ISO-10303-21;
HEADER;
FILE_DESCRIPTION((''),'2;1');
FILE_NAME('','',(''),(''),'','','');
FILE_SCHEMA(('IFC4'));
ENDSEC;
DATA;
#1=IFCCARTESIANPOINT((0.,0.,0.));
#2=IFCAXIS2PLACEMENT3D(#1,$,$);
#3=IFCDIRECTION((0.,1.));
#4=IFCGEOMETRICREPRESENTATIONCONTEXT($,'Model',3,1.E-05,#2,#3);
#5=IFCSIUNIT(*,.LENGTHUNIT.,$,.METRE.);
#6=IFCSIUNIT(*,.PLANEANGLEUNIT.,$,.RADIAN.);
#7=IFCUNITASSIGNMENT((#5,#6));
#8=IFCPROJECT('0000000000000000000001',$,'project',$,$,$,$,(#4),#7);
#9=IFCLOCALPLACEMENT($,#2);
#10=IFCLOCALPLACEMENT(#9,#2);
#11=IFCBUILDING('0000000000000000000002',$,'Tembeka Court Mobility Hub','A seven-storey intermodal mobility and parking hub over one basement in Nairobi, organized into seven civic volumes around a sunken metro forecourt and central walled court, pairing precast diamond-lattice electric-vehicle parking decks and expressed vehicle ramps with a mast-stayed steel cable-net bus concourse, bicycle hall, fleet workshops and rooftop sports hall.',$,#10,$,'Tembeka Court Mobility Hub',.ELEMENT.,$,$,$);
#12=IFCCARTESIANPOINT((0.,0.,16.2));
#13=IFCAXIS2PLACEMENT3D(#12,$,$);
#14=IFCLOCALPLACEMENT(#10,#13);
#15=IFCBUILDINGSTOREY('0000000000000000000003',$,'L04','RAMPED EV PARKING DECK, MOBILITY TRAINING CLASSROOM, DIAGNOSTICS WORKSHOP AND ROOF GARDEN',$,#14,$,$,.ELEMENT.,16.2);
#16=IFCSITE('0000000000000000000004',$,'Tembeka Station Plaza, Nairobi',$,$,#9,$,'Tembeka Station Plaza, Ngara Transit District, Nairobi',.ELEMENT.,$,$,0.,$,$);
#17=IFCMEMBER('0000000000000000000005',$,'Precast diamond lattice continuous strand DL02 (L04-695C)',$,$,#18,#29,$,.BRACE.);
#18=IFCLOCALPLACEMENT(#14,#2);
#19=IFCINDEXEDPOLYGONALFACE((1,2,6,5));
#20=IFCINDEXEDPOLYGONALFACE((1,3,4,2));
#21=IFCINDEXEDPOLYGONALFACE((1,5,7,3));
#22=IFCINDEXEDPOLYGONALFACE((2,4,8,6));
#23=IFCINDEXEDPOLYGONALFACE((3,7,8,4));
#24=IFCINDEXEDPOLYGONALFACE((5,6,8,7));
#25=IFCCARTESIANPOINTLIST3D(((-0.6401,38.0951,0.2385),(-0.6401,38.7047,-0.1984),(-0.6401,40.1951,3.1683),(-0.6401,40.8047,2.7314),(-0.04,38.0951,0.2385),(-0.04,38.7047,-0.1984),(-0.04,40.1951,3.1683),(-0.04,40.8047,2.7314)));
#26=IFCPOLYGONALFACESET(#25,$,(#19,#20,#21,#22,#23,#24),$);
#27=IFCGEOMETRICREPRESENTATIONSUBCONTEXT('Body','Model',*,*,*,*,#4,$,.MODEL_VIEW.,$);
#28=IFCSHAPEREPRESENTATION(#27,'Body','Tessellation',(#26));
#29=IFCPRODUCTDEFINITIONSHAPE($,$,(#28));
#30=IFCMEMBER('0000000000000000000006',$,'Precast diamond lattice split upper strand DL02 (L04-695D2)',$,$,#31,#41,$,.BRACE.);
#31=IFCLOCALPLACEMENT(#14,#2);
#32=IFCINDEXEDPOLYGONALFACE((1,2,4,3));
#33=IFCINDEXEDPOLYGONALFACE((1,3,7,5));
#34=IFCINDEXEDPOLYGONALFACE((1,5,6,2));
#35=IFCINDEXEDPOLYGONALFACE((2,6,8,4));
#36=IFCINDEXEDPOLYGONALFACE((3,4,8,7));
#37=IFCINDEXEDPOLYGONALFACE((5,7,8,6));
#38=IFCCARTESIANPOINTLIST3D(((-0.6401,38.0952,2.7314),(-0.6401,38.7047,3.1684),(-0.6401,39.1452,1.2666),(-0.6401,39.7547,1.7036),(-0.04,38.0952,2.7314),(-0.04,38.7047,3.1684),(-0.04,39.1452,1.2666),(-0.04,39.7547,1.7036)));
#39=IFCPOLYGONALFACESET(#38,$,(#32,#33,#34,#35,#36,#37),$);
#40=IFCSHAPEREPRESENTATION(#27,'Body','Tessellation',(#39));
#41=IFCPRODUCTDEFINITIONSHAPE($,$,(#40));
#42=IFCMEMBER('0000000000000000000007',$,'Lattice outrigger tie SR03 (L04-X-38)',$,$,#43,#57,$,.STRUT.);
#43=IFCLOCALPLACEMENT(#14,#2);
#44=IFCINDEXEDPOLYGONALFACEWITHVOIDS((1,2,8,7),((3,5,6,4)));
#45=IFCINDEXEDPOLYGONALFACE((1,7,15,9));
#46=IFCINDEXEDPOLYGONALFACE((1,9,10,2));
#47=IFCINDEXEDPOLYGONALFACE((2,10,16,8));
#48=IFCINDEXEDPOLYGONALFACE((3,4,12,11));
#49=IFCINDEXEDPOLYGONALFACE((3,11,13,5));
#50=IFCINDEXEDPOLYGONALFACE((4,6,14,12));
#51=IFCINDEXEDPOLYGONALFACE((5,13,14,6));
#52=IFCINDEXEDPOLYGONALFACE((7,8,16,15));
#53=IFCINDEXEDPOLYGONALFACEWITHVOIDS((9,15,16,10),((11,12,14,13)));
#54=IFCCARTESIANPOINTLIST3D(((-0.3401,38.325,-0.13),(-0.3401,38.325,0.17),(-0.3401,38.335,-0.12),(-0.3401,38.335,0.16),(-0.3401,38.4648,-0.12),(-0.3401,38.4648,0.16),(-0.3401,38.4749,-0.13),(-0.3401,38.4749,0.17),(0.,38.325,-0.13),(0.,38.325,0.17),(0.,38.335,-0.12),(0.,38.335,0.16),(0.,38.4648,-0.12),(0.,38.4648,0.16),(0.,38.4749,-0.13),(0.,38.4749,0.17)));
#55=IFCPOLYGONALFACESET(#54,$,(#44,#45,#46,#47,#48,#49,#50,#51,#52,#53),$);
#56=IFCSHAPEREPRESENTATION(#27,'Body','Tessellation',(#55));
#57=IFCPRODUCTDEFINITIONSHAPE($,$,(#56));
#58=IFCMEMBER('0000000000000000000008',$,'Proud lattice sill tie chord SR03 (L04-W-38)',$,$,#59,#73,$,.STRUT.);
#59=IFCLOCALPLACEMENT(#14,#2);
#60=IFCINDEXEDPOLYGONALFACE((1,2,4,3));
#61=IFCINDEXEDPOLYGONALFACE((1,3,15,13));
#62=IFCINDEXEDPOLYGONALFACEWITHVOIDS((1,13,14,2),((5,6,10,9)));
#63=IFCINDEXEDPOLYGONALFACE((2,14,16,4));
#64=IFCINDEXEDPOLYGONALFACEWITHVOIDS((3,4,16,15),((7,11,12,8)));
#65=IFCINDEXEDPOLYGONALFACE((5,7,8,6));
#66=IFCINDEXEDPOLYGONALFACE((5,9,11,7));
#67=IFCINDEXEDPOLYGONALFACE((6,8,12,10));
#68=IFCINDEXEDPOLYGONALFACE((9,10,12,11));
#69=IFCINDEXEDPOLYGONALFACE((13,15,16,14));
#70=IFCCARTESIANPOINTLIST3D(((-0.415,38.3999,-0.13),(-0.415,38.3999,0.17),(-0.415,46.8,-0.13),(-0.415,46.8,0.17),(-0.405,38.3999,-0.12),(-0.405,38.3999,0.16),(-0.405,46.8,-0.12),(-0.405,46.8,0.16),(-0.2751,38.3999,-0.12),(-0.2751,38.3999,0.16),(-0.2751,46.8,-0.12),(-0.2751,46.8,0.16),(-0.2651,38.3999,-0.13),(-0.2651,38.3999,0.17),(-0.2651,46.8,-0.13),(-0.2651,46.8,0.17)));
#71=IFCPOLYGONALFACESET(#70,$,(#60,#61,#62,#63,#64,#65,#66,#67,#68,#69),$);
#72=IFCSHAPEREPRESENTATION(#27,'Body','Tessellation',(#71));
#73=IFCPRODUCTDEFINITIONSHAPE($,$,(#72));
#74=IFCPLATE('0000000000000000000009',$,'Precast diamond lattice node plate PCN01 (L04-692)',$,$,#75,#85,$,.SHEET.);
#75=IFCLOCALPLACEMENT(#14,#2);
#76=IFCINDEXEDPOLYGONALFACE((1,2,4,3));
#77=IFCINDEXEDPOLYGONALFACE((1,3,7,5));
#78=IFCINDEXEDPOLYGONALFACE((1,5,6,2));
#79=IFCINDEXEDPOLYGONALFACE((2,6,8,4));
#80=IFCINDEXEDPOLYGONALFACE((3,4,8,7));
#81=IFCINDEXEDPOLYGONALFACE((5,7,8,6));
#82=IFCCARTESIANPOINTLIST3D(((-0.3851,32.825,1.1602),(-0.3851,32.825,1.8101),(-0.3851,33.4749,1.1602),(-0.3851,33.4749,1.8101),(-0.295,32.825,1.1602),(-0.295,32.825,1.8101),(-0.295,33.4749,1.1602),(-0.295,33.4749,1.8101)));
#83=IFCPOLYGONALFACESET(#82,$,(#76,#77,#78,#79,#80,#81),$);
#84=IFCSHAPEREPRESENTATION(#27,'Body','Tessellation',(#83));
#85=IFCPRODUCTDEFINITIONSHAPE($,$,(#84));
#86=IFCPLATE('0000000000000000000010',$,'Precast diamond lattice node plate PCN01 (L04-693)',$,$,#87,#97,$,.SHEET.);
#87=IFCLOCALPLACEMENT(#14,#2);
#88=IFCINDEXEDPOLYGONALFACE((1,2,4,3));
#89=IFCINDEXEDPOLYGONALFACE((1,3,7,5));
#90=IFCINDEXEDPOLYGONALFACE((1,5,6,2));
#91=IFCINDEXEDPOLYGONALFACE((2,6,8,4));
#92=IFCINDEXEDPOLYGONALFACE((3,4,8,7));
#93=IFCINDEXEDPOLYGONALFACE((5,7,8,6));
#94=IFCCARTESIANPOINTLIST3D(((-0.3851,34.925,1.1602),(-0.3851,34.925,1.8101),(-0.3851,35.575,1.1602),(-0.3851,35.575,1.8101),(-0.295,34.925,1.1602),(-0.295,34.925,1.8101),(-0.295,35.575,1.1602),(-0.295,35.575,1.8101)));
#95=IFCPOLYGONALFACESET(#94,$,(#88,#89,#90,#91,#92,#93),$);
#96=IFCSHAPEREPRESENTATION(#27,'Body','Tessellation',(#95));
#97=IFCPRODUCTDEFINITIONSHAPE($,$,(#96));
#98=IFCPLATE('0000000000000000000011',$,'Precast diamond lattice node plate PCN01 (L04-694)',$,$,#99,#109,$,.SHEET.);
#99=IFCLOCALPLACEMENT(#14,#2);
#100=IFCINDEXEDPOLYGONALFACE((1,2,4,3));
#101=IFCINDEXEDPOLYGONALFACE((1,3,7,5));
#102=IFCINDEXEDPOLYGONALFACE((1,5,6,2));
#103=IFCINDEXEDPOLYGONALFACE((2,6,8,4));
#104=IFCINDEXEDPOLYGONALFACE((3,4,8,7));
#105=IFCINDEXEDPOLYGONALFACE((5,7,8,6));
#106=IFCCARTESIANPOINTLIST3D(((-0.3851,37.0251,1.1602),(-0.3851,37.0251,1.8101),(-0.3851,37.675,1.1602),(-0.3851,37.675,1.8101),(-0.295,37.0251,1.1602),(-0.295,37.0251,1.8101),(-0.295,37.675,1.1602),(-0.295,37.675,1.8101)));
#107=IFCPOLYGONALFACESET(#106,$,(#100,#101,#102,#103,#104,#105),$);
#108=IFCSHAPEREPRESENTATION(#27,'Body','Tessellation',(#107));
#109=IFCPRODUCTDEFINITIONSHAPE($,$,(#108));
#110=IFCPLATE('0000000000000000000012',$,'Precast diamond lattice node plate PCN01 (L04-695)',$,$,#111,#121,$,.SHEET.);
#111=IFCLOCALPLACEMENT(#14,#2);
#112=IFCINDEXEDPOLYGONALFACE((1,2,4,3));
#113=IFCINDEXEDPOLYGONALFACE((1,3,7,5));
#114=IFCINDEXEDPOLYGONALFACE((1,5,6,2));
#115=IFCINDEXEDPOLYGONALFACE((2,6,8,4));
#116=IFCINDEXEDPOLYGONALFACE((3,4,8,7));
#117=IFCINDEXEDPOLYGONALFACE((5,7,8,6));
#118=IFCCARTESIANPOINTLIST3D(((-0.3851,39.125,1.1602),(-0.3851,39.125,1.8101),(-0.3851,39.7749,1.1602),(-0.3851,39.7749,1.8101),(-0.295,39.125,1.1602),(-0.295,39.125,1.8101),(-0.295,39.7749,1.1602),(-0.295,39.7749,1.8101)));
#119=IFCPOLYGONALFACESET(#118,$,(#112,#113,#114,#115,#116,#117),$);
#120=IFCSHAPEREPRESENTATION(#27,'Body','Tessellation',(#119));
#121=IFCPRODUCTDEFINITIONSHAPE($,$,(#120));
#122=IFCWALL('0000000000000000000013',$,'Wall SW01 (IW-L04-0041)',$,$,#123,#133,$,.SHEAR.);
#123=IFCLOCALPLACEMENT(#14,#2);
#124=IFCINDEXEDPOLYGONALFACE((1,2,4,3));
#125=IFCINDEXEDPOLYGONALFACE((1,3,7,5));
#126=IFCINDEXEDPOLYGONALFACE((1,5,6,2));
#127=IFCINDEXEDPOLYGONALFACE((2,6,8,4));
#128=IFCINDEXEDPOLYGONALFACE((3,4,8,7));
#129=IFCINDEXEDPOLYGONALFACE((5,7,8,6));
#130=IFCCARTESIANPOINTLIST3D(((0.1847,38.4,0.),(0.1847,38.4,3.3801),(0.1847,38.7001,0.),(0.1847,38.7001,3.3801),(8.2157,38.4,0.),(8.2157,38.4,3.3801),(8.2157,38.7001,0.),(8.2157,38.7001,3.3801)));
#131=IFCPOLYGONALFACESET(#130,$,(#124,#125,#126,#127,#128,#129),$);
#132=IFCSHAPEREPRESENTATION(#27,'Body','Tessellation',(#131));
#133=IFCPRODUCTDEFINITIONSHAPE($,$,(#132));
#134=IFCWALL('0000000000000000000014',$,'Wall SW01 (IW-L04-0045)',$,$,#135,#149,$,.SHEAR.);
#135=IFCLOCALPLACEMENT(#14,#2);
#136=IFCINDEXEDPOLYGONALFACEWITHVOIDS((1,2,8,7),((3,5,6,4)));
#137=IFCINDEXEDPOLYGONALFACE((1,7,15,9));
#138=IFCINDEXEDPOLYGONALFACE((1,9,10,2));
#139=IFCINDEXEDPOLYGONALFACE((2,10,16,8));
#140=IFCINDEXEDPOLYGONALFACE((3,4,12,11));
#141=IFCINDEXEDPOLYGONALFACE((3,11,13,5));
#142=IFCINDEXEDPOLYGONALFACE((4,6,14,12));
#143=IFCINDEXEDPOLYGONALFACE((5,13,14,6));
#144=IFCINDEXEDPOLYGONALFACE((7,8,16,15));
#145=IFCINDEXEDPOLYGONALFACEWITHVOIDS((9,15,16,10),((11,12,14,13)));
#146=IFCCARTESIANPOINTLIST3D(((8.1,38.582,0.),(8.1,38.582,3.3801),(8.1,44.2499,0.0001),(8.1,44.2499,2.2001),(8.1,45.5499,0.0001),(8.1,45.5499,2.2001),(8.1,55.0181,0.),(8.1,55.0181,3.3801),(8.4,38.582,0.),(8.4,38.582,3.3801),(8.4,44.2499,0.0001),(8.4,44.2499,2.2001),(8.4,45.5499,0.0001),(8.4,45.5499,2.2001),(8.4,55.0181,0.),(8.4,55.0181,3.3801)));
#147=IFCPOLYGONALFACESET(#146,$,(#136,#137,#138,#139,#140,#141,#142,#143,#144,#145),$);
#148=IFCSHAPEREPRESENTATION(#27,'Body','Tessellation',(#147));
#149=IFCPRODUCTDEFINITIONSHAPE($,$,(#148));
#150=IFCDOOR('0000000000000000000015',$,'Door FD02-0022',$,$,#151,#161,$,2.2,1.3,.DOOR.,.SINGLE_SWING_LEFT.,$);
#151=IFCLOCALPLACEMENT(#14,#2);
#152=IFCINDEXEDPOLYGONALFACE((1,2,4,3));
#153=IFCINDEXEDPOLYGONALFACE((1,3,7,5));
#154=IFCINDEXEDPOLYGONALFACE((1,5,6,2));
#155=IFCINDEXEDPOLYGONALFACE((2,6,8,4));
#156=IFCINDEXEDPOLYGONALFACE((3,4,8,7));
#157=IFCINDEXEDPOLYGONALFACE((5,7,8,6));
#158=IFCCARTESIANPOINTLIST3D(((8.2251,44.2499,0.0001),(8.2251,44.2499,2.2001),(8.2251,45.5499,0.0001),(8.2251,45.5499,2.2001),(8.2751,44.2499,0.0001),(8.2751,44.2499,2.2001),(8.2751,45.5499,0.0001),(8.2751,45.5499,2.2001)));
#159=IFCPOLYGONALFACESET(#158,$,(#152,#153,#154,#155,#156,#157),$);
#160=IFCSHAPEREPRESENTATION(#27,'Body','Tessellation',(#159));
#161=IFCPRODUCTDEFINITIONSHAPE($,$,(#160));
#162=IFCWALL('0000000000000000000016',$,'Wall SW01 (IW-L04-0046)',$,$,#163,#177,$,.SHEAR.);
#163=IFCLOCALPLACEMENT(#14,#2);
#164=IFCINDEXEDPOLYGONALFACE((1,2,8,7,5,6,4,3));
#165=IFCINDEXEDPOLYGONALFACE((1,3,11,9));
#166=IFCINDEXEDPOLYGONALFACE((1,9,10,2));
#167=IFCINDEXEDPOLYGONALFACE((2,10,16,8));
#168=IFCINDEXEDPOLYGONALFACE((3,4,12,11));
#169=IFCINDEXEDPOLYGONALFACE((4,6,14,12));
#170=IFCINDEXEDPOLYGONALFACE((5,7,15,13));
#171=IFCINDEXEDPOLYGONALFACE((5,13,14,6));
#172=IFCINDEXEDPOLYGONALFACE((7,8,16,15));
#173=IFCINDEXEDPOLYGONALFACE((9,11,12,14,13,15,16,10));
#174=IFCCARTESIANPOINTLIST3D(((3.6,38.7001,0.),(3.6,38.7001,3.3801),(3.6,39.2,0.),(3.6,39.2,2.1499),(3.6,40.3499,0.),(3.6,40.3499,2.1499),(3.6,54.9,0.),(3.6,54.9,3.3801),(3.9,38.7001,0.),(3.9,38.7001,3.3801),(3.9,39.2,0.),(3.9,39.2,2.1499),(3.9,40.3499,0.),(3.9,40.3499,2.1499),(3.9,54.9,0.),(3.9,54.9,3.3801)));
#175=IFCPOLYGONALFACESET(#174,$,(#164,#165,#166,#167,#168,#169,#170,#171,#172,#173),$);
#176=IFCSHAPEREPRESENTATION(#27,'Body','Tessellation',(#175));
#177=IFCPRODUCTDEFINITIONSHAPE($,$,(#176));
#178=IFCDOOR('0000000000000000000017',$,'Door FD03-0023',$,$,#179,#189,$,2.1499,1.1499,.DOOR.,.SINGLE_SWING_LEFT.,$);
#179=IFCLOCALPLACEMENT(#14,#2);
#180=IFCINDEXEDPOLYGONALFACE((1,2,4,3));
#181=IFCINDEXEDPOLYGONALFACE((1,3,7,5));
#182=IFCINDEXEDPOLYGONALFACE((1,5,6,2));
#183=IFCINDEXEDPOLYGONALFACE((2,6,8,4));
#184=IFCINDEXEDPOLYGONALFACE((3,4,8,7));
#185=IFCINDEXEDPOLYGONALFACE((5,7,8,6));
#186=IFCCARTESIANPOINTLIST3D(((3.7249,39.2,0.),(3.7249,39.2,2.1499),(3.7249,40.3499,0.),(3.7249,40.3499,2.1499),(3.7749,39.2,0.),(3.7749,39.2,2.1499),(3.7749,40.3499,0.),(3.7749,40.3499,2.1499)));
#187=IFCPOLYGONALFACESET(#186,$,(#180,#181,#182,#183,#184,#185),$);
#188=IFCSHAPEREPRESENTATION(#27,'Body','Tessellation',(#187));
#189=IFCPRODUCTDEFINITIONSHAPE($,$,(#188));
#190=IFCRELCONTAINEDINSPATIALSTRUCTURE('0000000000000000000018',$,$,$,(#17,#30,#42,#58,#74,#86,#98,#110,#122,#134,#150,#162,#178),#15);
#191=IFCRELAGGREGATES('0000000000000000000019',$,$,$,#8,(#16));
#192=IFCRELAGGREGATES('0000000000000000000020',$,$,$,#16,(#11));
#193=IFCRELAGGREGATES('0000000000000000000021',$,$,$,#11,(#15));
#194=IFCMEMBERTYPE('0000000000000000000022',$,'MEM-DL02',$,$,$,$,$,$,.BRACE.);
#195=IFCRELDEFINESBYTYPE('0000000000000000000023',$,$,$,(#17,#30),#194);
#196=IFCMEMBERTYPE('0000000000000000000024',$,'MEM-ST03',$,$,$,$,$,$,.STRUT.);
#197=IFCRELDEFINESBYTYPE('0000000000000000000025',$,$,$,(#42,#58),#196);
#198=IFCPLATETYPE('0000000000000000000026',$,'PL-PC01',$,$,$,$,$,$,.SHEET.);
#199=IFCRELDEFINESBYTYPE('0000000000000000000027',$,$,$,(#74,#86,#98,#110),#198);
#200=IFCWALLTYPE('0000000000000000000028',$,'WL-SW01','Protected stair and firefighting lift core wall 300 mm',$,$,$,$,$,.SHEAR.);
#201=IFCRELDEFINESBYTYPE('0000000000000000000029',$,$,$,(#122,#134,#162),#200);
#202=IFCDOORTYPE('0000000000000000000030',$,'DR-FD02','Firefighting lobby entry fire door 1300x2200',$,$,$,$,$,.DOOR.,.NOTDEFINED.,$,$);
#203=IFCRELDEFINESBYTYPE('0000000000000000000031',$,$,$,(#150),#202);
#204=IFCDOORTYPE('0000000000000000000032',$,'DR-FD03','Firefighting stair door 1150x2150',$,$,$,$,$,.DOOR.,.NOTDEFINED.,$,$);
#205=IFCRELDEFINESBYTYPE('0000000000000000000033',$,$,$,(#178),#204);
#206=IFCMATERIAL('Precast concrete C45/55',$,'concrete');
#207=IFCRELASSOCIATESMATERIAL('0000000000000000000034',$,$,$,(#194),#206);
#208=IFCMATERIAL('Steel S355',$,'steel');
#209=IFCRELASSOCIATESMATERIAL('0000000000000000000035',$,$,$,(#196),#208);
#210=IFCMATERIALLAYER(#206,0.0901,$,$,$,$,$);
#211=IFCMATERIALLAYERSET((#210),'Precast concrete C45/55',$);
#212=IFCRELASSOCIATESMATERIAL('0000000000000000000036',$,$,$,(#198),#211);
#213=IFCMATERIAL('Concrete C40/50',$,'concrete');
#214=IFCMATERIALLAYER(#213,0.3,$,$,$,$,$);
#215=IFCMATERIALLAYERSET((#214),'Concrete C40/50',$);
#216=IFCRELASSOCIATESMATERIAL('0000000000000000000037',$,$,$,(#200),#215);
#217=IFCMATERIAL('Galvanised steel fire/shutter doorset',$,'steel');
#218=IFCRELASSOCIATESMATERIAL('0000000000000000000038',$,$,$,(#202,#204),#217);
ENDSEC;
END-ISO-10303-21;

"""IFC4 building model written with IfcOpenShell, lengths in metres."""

from ifc_helpers import new_model, si_unit, direction, frame, frame_2d, origin, origin_2d, place, context, subcontext, project, spatial, rectangle, hollow_rectangle, extrude, material, layer, layer_set, material_profile, profile_set, type_object, element, fill, save


model = new_model("IFC4")

# Units and contexts
model_context = context("Model", 3, precision=1e-05, world=origin(), true_north=direction((0.0, 1.0)))
body_context = subcontext(model_context, "Body", "Model", "MODEL_VIEW")
ifc_project = project(units=[si_unit("LENGTHUNIT", "METRE"), si_unit("PLANEANGLEUNIT", "RADIAN")], contexts=[model_context])

# Site, building, storey
site_placement = place(None, origin())
site = spatial("IfcSite", under=ifc_project, at=site_placement, Name="Tembeka Station Plaza, Nairobi", LongName="Tembeka Station Plaza, Ngara Transit District, Nairobi", CompositionType="ELEMENT", RefElevation=0.0)
building_placement = place(site_placement, origin())
building = spatial("IfcBuilding", under=site, at=building_placement, Name="Tembeka Court Mobility Hub", Description="A seven-storey intermodal mobility and parking hub over one basement in Nairobi, organized into seven civic volumes around a sunken metro forecourt and central walled court, pairing precast diamond-lattice electric-vehicle parking decks and expressed vehicle ramps with a mast-stayed steel cable-net bus concourse, bicycle hall, fleet workshops and rooftop sports hall.", LongName="Tembeka Court Mobility Hub", CompositionType="ELEMENT")
storey_placement = place(building_placement, frame((0.0, 0.0, 16.2)))
storey = spatial("IfcBuildingStorey", under=building, at=storey_placement, Name="L04", Description="RAMPED EV PARKING DECK, MOBILITY TRAINING CLASSROOM, DIAGNOSTICS WORKSHOP AND ROOF GARDEN", CompositionType="ELEMENT", Elevation=16.2)

# Shared definitions
ifc_material_1 = material(Name="Steel S355", Category="steel")

# Shared definitions
ifc_material_2 = material(Name="Precast concrete C45/55", Category="concrete")

# Members
ifc_material_profile_1 = material_profile(ifc_material_2, rectangle(XDim=0.6001, YDim=0.75, at=origin_2d()), Name="PC-DIAG 600x750")
ifc_profile_set_1 = profile_set([ifc_material_profile_1], Name="Precast concrete C45/55")
member_type_1 = type_object("IfcMemberType", Name="MEM-DL02", PredefinedType="BRACE", material=ifc_profile_set_1)
member_1_placement = place(storey_placement, frame((-0.3401, 38.3999, 0.02), z_axis=(0.0, 0.582576, 0.812776), x_axis=(-1.0, 0.0, 0.0)))
element("IfcMember", 1, at=member_1_placement, inside=storey, type_object=member_type_1, Name="Precast diamond lattice continuous strand DL02 (L04-695C)", PredefinedType="BRACE", context=body_context, shape_type="SweptSolid", body=[
    extrude(rectangle(XDim=0.6001, YDim=0.75, at=origin_2d()), origin(), (0.0, 0.0, 1.0), 3.6047),
])
member_2_placement = place(storey_placement, frame((-0.3401, 39.45, 1.4851), z_axis=(0.0, -0.582608, 0.812753), x_axis=(1.0, 0.0, 0.0)))
element("IfcMember", 2, at=member_2_placement, inside=storey, type_object=member_type_1, Name="Precast diamond lattice split upper strand DL02 (L04-695D2)", PredefinedType="BRACE", context=body_context, shape_type="SweptSolid", body=[
    extrude(rectangle(XDim=0.6001, YDim=0.75, at=origin_2d()), origin(), (0.0, 0.0, 1.0), 1.8022),
])
ifc_material_profile_2 = material_profile(ifc_material_1, hollow_rectangle(XDim=0.1499, YDim=0.3, WallThickness=0.01, at=origin_2d()), Name="RHS 300x150x10")
ifc_profile_set_2 = profile_set([ifc_material_profile_2], Name="Steel S355")
member_type_2 = type_object("IfcMemberType", Name="MEM-ST03", PredefinedType="STRUT", material=ifc_profile_set_2)
member_3_placement = place(storey_placement, frame((0.0, 38.3999, 0.02), z_axis=(-1.0, 0.0, 0.0), x_axis=(0.0, -1.0, 0.0)))
element("IfcMember", 3, at=member_3_placement, inside=storey, type_object=member_type_2, Name="Lattice outrigger tie SR03 (L04-X-38)", PredefinedType="STRUT", context=body_context, shape_type="SweptSolid", body=[
    extrude(hollow_rectangle(XDim=0.1499, YDim=0.3, WallThickness=0.01, at=origin_2d()), origin(), (0.0, 0.0, 1.0), 0.3401),
])
member_4_placement = place(storey_placement, frame((-0.3401, 38.3999, 0.02), z_axis=(0.0, 1.0, 0.0), x_axis=(-1.0, 0.0, 0.0)))
element("IfcMember", 4, at=member_4_placement, inside=storey, type_object=member_type_2, Name="Proud lattice sill tie chord SR03 (L04-W-38)", PredefinedType="STRUT", context=body_context, shape_type="SweptSolid", body=[
    extrude(hollow_rectangle(XDim=0.1499, YDim=0.3, WallThickness=0.01, at=origin_2d()), origin(), (0.0, 0.0, 1.0), 8.4001),
])

# Plates
ifc_layer_1 = layer(ifc_material_2, 0.0901)
ifc_layer_set_1 = layer_set([ifc_layer_1], Name="Precast concrete C45/55")
plate_type = type_object("IfcPlateType", Name="PL-PC01", PredefinedType="SHEET", material=ifc_layer_set_1)
for number, where, z_axis, x_axis, name in (
    (5, (-0.3401, 33.1499, 1.1602), (0.0, 0.0, 1.0), (1.0, 0.0, 0.0), "Precast diamond lattice node plate PCN01 (L04-692)"),
    (6, (-0.3401, 35.25, 1.1602), (0.0, 0.0, 1.0), (1.0, 0.0, 0.0), "Precast diamond lattice node plate PCN01 (L04-693)"),
    (7, (-0.3401, 37.3501, 1.1602), (0.0, 0.0, 1.0), (1.0, 0.0, 0.0), "Precast diamond lattice node plate PCN01 (L04-694)"),
    (8, (-0.3401, 39.45, 1.1602), (0.0, 0.0, 1.0), (1.0, 0.0, 0.0), "Precast diamond lattice node plate PCN01 (L04-695)"),
):
    element("IfcPlate", number, at=place(storey_placement, frame(where, z_axis=z_axis, x_axis=x_axis)), inside=storey, type_object=plate_type, Name=name, PredefinedType="SHEET", context=body_context, shape_type="SweptSolid", body=[
        extrude(rectangle(XDim=0.0901, YDim=0.6499, at=origin_2d()), origin(), (0.0, 0.0, 1.0), 0.6499),
    ])

# Wall
ifc_material_3 = material(Name="Concrete C40/50", Category="concrete")
ifc_layer_2 = layer(ifc_material_3, 0.3)
ifc_layer_set_2 = layer_set([ifc_layer_2], Name="Concrete C40/50")
wall_type_1 = type_object("IfcWallType", Name="WL-SW01", Description="Protected stair and firefighting lift core wall 300 mm", PredefinedType="SHEAR", material=ifc_layer_set_2)
wall_1_placement = place(storey_placement, frame((0.1846, 38.55, 0.0), z_axis=(0.0, 0.0, 1.0), x_axis=(1.0, 0.0, 0.0)))
element("IfcWall", 9, at=wall_1_placement, inside=storey, type_object=wall_type_1, Name="Wall SW01 (IW-L04-0041)", PredefinedType="SHEAR", context=body_context, shape_type="SweptSolid", body=[
    extrude(rectangle(XDim=8.031, YDim=0.3, at=frame_2d((4.0156, 0.0))), origin(), (0.0, 0.0, 1.0), 3.3801),
])

# Walls, openings, doors
wall_2_placement = place(storey_placement, frame((8.25, 38.582, 0.0), z_axis=(0.0, 0.0, 1.0), x_axis=(0.0, 1.0, 0.0)))
wall_2 = element("IfcWall", 10, at=wall_2_placement, inside=storey, type_object=wall_type_1, Name="Wall SW01 (IW-L04-0045)", PredefinedType="SHEAR", context=body_context, shape_type="SweptSolid", body=[
    extrude(rectangle(XDim=16.436, YDim=0.3, at=frame_2d((8.218, 0.0))), origin(), (0.0, 0.0, 1.0), 3.3801),
])
opening_1_placement = place(wall_2_placement, frame((5.668, 0.0, 0.0)))
opening_1 = element("IfcOpeningElement", 11, at=opening_1_placement, cuts=wall_2, PredefinedType="OPENING", context=body_context, shape_type="SweptSolid", body=[
    extrude(rectangle(XDim=1.3, YDim=2.2, at=frame_2d((0.6499, 1.1001))), frame((0.0, 0.1602, 0.0), z_axis=(0.0, -1.0, 0.0), x_axis=(1.0, 0.0, 0.0)), (0.0, 0.0, 1.0), 0.3201),
])
ifc_material_4 = material(Name="Galvanised steel fire/shutter doorset", Category="steel")
door_type_1 = type_object("IfcDoorType", Name="DR-FD02", Description="Firefighting lobby entry fire door 1300x2200", OperationType="NOTDEFINED", PredefinedType="DOOR", material=ifc_material_4)
door_1_placement = place(opening_1_placement, origin())
door_1 = element("IfcDoor", 12, at=door_1_placement, inside=storey, type_object=door_type_1, Name="Door FD02-0022", OperationType="SINGLE_SWING_LEFT", OverallHeight=2.2, OverallWidth=1.3, PredefinedType="DOOR", context=body_context, shape_type="SweptSolid", body=[
    extrude(rectangle(XDim=1.3, YDim=2.2, at=frame_2d((0.6499, 1.1001))), frame((0.0, 0.0249, 0.0), z_axis=(0.0, -1.0, 0.0), x_axis=(1.0, 0.0, 0.0)), (0.0, 0.0, 1.0), 0.05),
])
fill(opening_1, door_1)
wall_3_placement = place(storey_placement, frame((3.75, 38.7, 0.0), z_axis=(0.0, 0.0, 1.0), x_axis=(0.0, 1.0, 0.0)))
wall_3 = element("IfcWall", 13, at=wall_3_placement, inside=storey, type_object=wall_type_1, Name="Wall SW01 (IW-L04-0046)", PredefinedType="SHEAR", context=body_context, shape_type="SweptSolid", body=[
    extrude(rectangle(XDim=16.2, YDim=0.3, at=frame_2d((8.1001, 0.0))), origin(), (0.0, 0.0, 1.0), 3.3801),
])
opening_2_placement = place(wall_3_placement, frame((0.5, 0.0, 0.0)))
opening_2 = element("IfcOpeningElement", 14, at=opening_2_placement, cuts=wall_3, PredefinedType="OPENING", context=body_context, shape_type="SweptSolid", body=[
    extrude(rectangle(XDim=1.1499, YDim=2.1499, at=frame_2d((0.575, 1.075))), frame((0.0, 0.1602, 0.0), z_axis=(0.0, -1.0, 0.0), x_axis=(1.0, 0.0, 0.0)), (0.0, 0.0, 1.0), 0.3201),
])
door_type_2 = type_object("IfcDoorType", Name="DR-FD03", Description="Firefighting stair door 1150x2150", OperationType="NOTDEFINED", PredefinedType="DOOR", material=ifc_material_4)
door_2_placement = place(opening_2_placement, frame((1.1499, 0.0, 0.0), z_axis=(0.0, 0.0, 1.0), x_axis=(-1.0, 0.0, 0.0)))
door_2 = element("IfcDoor", 15, at=door_2_placement, inside=storey, type_object=door_type_2, Name="Door FD03-0023", OperationType="SINGLE_SWING_LEFT", OverallHeight=2.1499, OverallWidth=1.1499, PredefinedType="DOOR", context=body_context, shape_type="SweptSolid", body=[
    extrude(rectangle(XDim=1.1499, YDim=2.1499, at=frame_2d((0.575, 1.075))), frame((0.0, 0.0249, 0.0), z_axis=(0.0, -1.0, 0.0), x_axis=(1.0, 0.0, 0.0)), (0.0, 0.0, 1.0), 0.05),
])
fill(opening_2, door_2)

save(model, "model.ifc")
